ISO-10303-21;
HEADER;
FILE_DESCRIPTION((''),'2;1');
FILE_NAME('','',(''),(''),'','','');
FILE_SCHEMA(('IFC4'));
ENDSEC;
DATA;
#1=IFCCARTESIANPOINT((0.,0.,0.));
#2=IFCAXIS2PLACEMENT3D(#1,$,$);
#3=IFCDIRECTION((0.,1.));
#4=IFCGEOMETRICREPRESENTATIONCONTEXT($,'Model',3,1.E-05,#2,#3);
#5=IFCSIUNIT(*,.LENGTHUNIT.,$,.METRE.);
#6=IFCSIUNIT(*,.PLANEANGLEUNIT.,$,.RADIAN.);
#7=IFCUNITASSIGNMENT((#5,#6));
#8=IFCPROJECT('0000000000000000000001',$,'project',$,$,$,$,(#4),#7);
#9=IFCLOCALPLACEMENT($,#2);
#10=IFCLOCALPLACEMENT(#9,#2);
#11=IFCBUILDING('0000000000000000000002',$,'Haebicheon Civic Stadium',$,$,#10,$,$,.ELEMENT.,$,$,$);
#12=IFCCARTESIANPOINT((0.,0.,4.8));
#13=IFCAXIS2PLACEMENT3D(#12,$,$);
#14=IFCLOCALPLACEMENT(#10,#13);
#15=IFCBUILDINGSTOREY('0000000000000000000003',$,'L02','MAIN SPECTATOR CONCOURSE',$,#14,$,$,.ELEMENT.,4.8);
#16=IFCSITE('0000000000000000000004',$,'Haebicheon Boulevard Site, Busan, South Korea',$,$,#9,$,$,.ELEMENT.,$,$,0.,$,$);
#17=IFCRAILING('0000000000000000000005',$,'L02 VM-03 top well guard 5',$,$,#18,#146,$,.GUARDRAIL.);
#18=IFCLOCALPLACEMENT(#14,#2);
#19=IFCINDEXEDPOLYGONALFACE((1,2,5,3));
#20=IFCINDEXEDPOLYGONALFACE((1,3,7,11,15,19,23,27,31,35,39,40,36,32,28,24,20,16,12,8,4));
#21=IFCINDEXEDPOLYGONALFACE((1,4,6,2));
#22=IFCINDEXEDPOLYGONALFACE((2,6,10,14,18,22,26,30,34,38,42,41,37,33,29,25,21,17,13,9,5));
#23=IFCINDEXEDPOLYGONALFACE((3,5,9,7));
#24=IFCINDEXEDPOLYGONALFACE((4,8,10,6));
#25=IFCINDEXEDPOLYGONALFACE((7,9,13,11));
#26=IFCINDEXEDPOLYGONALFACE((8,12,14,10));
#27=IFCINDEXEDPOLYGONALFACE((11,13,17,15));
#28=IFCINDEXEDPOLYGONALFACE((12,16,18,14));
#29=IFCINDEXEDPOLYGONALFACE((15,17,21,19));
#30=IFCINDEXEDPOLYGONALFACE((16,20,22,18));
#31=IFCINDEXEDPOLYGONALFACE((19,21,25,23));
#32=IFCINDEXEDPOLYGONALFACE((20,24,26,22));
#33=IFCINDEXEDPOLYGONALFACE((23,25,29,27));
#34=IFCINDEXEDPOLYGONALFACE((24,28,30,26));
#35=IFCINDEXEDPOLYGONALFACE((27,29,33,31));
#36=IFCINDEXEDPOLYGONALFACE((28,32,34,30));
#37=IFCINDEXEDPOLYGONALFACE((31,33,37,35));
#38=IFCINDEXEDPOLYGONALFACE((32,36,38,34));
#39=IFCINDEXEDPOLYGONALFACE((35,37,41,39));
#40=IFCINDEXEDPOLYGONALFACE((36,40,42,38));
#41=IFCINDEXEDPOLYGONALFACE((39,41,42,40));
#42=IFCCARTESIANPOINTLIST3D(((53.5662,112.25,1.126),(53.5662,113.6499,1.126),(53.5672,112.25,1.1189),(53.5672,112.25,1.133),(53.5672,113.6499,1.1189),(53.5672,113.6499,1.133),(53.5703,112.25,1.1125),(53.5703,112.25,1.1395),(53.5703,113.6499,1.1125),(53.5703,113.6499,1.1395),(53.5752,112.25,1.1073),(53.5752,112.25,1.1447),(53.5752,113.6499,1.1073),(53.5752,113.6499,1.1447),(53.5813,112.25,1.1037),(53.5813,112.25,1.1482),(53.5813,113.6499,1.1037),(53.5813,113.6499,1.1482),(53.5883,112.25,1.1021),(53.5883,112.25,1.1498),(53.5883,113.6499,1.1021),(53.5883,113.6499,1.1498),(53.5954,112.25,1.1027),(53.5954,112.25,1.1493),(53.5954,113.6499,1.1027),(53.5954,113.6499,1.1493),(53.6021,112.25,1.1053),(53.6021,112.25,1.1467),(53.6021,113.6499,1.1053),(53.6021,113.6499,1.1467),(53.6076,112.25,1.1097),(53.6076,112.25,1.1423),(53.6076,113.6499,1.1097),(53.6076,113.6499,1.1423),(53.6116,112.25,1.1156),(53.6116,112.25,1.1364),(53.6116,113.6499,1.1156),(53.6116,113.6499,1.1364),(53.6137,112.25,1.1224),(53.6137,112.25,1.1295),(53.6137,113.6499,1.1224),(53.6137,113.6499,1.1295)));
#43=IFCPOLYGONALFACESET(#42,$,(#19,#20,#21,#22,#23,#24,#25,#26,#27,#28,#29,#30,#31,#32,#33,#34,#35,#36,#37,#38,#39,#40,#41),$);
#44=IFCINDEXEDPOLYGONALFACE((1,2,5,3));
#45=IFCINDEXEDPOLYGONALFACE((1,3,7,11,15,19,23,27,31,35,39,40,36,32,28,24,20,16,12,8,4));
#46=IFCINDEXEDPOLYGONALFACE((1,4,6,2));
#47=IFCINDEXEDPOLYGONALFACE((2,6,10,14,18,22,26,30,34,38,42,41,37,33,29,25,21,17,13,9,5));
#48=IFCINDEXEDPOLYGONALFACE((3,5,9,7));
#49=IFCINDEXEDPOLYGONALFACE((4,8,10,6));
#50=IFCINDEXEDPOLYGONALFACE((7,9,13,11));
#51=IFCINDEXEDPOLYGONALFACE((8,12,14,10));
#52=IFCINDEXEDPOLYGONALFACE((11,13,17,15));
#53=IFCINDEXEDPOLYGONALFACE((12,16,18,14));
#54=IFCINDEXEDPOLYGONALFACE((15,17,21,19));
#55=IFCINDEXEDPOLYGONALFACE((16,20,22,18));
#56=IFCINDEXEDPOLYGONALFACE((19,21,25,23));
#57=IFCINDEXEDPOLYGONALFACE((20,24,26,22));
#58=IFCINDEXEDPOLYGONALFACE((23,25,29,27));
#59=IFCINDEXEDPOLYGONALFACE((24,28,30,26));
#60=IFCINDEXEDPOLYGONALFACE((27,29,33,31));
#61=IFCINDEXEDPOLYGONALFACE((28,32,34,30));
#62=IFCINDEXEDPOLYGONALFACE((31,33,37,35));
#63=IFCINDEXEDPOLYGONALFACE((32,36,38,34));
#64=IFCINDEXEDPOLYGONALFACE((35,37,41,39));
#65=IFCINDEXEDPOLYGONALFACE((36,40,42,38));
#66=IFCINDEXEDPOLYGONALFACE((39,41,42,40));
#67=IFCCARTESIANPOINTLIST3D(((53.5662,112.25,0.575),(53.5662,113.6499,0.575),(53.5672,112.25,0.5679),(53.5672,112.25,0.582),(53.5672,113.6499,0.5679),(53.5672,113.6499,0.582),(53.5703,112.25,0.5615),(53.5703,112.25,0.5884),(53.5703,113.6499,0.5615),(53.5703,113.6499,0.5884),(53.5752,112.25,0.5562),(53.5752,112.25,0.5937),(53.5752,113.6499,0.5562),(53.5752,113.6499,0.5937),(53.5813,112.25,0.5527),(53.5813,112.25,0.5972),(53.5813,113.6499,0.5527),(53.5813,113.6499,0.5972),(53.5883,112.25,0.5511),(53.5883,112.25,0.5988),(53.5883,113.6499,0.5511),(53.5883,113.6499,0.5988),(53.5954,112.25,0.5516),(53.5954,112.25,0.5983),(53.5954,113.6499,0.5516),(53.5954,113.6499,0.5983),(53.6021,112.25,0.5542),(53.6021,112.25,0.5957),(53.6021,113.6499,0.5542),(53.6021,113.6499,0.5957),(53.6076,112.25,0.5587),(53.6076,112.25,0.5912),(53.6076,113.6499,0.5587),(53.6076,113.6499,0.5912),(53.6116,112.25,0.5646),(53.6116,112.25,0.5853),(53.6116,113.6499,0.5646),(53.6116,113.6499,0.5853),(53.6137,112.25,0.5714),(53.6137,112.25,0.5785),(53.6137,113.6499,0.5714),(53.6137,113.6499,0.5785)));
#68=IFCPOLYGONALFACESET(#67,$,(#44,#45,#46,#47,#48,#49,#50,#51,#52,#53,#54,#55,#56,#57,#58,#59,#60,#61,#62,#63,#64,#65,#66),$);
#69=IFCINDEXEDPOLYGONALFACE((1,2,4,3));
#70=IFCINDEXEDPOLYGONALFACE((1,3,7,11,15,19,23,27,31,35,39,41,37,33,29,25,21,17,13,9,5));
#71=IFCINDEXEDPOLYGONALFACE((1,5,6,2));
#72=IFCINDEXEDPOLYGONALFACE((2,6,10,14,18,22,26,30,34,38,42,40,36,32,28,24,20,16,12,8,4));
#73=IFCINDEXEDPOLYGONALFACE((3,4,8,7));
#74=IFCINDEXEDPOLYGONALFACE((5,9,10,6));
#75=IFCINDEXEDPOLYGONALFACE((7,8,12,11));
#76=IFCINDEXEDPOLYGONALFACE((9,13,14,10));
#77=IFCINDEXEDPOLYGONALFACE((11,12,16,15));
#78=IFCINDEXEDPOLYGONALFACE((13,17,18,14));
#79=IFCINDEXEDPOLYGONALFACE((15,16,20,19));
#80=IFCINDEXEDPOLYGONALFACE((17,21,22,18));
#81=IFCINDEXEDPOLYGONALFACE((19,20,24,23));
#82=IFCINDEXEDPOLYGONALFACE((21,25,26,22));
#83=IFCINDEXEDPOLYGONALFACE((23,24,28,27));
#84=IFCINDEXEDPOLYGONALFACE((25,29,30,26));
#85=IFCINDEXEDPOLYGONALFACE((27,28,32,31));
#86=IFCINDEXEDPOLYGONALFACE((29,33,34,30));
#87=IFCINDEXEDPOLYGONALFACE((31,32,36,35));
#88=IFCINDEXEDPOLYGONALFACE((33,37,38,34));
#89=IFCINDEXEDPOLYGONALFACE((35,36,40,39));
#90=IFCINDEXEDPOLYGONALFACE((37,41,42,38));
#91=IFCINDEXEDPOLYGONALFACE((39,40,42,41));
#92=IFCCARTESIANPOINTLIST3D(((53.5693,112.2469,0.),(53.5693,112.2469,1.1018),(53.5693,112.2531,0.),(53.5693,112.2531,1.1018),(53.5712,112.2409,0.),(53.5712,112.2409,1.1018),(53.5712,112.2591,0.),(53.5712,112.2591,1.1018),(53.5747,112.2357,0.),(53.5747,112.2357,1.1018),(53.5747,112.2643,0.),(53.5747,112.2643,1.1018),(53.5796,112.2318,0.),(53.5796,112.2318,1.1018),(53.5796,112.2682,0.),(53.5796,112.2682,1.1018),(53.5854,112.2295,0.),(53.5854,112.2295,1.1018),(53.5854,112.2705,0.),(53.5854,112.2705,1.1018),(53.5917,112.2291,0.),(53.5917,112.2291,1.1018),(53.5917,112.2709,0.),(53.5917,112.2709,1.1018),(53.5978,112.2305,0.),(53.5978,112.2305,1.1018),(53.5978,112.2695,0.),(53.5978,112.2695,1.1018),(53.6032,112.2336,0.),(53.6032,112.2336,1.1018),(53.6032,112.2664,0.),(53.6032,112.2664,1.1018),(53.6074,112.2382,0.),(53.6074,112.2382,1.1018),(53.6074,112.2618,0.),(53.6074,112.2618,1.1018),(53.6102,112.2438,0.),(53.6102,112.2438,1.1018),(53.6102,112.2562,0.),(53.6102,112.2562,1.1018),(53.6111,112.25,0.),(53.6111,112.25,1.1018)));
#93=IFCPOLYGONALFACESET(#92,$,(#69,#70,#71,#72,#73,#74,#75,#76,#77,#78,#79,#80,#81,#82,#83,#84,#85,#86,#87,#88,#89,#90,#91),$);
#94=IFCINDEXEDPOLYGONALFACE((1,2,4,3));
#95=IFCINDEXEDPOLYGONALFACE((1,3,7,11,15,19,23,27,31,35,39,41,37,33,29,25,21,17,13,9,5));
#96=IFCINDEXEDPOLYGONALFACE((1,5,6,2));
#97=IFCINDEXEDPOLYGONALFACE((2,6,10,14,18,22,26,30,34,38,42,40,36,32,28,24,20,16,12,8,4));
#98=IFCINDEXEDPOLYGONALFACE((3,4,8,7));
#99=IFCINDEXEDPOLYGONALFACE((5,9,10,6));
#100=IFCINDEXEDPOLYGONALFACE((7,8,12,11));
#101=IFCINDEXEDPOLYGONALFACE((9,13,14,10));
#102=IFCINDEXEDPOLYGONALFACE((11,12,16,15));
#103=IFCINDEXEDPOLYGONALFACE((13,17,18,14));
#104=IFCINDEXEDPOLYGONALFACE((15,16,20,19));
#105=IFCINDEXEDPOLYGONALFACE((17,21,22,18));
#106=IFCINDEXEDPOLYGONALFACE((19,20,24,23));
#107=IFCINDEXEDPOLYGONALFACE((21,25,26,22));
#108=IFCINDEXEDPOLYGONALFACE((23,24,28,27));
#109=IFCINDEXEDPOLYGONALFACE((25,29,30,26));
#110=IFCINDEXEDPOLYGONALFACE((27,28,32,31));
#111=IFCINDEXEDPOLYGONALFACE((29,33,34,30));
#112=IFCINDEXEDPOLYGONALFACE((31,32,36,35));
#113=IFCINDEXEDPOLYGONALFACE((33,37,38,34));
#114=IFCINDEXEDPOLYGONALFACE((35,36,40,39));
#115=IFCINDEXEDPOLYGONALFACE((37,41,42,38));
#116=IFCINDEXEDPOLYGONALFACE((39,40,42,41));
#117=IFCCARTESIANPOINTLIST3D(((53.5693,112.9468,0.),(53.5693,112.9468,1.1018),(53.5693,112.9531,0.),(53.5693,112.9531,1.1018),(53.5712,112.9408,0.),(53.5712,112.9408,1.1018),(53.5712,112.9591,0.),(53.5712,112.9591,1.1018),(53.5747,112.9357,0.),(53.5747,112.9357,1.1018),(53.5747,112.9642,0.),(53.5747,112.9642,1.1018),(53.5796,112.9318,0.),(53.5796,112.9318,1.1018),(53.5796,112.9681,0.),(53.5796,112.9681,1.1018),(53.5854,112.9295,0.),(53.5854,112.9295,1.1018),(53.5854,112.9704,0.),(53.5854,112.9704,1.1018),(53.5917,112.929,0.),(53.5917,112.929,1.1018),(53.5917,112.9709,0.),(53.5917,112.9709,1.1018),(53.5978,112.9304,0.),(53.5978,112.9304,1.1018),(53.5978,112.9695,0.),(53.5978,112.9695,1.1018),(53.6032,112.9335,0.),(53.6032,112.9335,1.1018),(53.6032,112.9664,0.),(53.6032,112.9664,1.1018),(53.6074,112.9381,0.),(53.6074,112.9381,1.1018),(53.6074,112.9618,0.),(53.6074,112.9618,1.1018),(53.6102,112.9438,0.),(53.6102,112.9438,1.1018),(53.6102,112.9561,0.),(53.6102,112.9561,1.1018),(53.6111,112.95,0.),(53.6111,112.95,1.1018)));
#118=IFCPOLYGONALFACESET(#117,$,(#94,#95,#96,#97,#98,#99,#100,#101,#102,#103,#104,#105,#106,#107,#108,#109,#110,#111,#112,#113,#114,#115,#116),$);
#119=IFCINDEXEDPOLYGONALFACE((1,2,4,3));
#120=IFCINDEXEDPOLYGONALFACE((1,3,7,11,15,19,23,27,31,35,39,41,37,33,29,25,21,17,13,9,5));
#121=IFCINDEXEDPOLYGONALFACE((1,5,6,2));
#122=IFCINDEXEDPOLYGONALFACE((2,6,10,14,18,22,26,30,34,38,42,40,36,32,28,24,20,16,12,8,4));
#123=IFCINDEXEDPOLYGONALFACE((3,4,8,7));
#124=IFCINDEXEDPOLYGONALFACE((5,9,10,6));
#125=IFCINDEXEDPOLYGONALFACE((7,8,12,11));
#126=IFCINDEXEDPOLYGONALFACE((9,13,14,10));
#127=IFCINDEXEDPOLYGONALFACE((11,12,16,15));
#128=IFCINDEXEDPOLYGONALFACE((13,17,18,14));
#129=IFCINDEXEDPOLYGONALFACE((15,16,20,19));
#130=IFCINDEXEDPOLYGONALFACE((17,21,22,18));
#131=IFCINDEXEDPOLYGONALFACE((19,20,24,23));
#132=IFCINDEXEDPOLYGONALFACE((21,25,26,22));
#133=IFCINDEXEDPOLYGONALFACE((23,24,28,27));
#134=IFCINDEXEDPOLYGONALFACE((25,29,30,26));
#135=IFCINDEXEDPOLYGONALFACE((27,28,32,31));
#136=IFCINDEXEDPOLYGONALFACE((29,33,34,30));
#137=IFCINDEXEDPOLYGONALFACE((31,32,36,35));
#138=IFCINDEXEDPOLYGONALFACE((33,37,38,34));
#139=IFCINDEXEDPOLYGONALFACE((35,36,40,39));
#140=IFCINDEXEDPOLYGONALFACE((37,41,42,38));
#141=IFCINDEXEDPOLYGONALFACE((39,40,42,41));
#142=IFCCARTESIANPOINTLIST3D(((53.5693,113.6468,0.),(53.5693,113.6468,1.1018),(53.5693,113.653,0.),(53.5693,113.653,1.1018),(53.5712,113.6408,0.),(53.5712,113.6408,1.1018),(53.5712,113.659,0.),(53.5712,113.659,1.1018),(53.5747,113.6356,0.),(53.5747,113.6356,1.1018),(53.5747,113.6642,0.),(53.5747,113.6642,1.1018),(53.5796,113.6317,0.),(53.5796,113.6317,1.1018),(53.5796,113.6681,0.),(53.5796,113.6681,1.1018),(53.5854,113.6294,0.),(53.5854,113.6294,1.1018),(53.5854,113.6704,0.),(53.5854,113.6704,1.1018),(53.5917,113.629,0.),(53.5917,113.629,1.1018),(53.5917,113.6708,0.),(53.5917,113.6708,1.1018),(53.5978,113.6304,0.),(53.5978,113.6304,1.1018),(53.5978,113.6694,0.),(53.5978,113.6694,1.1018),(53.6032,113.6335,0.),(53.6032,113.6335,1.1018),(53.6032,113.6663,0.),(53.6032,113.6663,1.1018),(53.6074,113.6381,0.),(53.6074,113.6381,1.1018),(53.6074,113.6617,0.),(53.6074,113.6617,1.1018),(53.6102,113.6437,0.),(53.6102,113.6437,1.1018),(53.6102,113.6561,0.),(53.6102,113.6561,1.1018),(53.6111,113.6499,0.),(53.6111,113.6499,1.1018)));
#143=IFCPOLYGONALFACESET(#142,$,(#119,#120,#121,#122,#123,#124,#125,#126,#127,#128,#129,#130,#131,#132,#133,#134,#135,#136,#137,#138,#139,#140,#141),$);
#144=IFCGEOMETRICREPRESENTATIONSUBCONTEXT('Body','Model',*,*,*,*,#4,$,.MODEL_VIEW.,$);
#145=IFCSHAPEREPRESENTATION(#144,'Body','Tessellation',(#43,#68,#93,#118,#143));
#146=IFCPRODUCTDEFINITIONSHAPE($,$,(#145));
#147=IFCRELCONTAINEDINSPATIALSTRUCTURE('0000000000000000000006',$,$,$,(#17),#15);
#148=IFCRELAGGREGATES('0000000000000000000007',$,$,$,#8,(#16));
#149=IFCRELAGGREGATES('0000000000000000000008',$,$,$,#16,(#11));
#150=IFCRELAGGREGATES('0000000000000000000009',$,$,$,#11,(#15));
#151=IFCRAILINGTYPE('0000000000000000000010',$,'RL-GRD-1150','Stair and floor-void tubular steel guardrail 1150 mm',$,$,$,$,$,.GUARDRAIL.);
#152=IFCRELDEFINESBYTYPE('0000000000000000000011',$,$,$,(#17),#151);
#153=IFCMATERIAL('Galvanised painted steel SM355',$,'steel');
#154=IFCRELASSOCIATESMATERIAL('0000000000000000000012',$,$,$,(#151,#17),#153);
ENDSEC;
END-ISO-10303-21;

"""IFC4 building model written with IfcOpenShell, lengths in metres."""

from ifc_helpers import new_model, si_unit, direction, frame, origin, origin_2d, place, context, subcontext, project, spatial, circle, extrude, material, type_object, element, save


model = new_model("IFC4")

# Units and contexts
model_context = context("Model", 3, precision=1e-05, world=origin(), true_north=direction((0.0, 1.0)))
body_context = subcontext(model_context, "Body", "Model", "MODEL_VIEW")
ifc_project = project(units=[si_unit("LENGTHUNIT", "METRE"), si_unit("PLANEANGLEUNIT", "RADIAN")], contexts=[model_context])

# Site, building, storey
site_placement = place(None, origin())
site = spatial("IfcSite", under=ifc_project, at=site_placement, Name="Haebicheon Boulevard Site, Busan, South Korea", CompositionType="ELEMENT", RefElevation=0.0)
building_placement = place(site_placement, origin())
building = spatial("IfcBuilding", under=site, at=building_placement, Name="Haebicheon Civic Stadium", CompositionType="ELEMENT")
storey_placement = place(building_placement, frame((0.0, 0.0, 4.8)))
storey = spatial("IfcBuildingStorey", under=building, at=storey_placement, Name="L02", Description="MAIN SPECTATOR CONCOURSE", CompositionType="ELEMENT", Elevation=4.8)

# Railing
ifc_material_1 = material(Name="Galvanised painted steel SM355", Category="steel")
railing_type = type_object("IfcRailingType", Name="RL-GRD-1150", Description="Stair and floor-void tubular steel guardrail 1150 mm", PredefinedType="GUARDRAIL", material=ifc_material_1)
for number, where, name in (
    (1, (53.5901, 112.25, 0.0), "L02 VM-03 top well guard 5"),
):
    element("IfcRailing", number, at=place(storey_placement, frame(where)), inside=storey, type_object=railing_type, material=ifc_material_1, Name=name, PredefinedType="GUARDRAIL", context=body_context, shape_type="SweptSolid", body=[
        extrude(circle(Radius=0.0239, at=origin_2d()), frame((0.0, 0.0, 1.126), z_axis=(0.0, 1.0, 0.0), x_axis=(-1.0, 0.0, 0.0)), (0.0, 0.0, 1.0), 1.3999),
        extrude(circle(Radius=0.0239, at=origin_2d()), frame((0.0, 0.0, 0.575), z_axis=(0.0, 1.0, 0.0), x_axis=(-1.0, 0.0, 0.0)), (0.0, 0.0, 1.0), 1.3999),
        extrude(circle(Radius=0.021, at=origin_2d()), origin(), (0.0, 0.0, 1.0), 1.1018),
        extrude(circle(Radius=0.021, at=origin_2d()), frame((0.0, 0.7, 0.0)), (0.0, 0.0, 1.0), 1.1018),
        extrude(circle(Radius=0.021, at=origin_2d()), frame((0.0, 1.3999, 0.0)), (0.0, 0.0, 1.0), 1.1018),
    ])

save(model, "model.ifc")
